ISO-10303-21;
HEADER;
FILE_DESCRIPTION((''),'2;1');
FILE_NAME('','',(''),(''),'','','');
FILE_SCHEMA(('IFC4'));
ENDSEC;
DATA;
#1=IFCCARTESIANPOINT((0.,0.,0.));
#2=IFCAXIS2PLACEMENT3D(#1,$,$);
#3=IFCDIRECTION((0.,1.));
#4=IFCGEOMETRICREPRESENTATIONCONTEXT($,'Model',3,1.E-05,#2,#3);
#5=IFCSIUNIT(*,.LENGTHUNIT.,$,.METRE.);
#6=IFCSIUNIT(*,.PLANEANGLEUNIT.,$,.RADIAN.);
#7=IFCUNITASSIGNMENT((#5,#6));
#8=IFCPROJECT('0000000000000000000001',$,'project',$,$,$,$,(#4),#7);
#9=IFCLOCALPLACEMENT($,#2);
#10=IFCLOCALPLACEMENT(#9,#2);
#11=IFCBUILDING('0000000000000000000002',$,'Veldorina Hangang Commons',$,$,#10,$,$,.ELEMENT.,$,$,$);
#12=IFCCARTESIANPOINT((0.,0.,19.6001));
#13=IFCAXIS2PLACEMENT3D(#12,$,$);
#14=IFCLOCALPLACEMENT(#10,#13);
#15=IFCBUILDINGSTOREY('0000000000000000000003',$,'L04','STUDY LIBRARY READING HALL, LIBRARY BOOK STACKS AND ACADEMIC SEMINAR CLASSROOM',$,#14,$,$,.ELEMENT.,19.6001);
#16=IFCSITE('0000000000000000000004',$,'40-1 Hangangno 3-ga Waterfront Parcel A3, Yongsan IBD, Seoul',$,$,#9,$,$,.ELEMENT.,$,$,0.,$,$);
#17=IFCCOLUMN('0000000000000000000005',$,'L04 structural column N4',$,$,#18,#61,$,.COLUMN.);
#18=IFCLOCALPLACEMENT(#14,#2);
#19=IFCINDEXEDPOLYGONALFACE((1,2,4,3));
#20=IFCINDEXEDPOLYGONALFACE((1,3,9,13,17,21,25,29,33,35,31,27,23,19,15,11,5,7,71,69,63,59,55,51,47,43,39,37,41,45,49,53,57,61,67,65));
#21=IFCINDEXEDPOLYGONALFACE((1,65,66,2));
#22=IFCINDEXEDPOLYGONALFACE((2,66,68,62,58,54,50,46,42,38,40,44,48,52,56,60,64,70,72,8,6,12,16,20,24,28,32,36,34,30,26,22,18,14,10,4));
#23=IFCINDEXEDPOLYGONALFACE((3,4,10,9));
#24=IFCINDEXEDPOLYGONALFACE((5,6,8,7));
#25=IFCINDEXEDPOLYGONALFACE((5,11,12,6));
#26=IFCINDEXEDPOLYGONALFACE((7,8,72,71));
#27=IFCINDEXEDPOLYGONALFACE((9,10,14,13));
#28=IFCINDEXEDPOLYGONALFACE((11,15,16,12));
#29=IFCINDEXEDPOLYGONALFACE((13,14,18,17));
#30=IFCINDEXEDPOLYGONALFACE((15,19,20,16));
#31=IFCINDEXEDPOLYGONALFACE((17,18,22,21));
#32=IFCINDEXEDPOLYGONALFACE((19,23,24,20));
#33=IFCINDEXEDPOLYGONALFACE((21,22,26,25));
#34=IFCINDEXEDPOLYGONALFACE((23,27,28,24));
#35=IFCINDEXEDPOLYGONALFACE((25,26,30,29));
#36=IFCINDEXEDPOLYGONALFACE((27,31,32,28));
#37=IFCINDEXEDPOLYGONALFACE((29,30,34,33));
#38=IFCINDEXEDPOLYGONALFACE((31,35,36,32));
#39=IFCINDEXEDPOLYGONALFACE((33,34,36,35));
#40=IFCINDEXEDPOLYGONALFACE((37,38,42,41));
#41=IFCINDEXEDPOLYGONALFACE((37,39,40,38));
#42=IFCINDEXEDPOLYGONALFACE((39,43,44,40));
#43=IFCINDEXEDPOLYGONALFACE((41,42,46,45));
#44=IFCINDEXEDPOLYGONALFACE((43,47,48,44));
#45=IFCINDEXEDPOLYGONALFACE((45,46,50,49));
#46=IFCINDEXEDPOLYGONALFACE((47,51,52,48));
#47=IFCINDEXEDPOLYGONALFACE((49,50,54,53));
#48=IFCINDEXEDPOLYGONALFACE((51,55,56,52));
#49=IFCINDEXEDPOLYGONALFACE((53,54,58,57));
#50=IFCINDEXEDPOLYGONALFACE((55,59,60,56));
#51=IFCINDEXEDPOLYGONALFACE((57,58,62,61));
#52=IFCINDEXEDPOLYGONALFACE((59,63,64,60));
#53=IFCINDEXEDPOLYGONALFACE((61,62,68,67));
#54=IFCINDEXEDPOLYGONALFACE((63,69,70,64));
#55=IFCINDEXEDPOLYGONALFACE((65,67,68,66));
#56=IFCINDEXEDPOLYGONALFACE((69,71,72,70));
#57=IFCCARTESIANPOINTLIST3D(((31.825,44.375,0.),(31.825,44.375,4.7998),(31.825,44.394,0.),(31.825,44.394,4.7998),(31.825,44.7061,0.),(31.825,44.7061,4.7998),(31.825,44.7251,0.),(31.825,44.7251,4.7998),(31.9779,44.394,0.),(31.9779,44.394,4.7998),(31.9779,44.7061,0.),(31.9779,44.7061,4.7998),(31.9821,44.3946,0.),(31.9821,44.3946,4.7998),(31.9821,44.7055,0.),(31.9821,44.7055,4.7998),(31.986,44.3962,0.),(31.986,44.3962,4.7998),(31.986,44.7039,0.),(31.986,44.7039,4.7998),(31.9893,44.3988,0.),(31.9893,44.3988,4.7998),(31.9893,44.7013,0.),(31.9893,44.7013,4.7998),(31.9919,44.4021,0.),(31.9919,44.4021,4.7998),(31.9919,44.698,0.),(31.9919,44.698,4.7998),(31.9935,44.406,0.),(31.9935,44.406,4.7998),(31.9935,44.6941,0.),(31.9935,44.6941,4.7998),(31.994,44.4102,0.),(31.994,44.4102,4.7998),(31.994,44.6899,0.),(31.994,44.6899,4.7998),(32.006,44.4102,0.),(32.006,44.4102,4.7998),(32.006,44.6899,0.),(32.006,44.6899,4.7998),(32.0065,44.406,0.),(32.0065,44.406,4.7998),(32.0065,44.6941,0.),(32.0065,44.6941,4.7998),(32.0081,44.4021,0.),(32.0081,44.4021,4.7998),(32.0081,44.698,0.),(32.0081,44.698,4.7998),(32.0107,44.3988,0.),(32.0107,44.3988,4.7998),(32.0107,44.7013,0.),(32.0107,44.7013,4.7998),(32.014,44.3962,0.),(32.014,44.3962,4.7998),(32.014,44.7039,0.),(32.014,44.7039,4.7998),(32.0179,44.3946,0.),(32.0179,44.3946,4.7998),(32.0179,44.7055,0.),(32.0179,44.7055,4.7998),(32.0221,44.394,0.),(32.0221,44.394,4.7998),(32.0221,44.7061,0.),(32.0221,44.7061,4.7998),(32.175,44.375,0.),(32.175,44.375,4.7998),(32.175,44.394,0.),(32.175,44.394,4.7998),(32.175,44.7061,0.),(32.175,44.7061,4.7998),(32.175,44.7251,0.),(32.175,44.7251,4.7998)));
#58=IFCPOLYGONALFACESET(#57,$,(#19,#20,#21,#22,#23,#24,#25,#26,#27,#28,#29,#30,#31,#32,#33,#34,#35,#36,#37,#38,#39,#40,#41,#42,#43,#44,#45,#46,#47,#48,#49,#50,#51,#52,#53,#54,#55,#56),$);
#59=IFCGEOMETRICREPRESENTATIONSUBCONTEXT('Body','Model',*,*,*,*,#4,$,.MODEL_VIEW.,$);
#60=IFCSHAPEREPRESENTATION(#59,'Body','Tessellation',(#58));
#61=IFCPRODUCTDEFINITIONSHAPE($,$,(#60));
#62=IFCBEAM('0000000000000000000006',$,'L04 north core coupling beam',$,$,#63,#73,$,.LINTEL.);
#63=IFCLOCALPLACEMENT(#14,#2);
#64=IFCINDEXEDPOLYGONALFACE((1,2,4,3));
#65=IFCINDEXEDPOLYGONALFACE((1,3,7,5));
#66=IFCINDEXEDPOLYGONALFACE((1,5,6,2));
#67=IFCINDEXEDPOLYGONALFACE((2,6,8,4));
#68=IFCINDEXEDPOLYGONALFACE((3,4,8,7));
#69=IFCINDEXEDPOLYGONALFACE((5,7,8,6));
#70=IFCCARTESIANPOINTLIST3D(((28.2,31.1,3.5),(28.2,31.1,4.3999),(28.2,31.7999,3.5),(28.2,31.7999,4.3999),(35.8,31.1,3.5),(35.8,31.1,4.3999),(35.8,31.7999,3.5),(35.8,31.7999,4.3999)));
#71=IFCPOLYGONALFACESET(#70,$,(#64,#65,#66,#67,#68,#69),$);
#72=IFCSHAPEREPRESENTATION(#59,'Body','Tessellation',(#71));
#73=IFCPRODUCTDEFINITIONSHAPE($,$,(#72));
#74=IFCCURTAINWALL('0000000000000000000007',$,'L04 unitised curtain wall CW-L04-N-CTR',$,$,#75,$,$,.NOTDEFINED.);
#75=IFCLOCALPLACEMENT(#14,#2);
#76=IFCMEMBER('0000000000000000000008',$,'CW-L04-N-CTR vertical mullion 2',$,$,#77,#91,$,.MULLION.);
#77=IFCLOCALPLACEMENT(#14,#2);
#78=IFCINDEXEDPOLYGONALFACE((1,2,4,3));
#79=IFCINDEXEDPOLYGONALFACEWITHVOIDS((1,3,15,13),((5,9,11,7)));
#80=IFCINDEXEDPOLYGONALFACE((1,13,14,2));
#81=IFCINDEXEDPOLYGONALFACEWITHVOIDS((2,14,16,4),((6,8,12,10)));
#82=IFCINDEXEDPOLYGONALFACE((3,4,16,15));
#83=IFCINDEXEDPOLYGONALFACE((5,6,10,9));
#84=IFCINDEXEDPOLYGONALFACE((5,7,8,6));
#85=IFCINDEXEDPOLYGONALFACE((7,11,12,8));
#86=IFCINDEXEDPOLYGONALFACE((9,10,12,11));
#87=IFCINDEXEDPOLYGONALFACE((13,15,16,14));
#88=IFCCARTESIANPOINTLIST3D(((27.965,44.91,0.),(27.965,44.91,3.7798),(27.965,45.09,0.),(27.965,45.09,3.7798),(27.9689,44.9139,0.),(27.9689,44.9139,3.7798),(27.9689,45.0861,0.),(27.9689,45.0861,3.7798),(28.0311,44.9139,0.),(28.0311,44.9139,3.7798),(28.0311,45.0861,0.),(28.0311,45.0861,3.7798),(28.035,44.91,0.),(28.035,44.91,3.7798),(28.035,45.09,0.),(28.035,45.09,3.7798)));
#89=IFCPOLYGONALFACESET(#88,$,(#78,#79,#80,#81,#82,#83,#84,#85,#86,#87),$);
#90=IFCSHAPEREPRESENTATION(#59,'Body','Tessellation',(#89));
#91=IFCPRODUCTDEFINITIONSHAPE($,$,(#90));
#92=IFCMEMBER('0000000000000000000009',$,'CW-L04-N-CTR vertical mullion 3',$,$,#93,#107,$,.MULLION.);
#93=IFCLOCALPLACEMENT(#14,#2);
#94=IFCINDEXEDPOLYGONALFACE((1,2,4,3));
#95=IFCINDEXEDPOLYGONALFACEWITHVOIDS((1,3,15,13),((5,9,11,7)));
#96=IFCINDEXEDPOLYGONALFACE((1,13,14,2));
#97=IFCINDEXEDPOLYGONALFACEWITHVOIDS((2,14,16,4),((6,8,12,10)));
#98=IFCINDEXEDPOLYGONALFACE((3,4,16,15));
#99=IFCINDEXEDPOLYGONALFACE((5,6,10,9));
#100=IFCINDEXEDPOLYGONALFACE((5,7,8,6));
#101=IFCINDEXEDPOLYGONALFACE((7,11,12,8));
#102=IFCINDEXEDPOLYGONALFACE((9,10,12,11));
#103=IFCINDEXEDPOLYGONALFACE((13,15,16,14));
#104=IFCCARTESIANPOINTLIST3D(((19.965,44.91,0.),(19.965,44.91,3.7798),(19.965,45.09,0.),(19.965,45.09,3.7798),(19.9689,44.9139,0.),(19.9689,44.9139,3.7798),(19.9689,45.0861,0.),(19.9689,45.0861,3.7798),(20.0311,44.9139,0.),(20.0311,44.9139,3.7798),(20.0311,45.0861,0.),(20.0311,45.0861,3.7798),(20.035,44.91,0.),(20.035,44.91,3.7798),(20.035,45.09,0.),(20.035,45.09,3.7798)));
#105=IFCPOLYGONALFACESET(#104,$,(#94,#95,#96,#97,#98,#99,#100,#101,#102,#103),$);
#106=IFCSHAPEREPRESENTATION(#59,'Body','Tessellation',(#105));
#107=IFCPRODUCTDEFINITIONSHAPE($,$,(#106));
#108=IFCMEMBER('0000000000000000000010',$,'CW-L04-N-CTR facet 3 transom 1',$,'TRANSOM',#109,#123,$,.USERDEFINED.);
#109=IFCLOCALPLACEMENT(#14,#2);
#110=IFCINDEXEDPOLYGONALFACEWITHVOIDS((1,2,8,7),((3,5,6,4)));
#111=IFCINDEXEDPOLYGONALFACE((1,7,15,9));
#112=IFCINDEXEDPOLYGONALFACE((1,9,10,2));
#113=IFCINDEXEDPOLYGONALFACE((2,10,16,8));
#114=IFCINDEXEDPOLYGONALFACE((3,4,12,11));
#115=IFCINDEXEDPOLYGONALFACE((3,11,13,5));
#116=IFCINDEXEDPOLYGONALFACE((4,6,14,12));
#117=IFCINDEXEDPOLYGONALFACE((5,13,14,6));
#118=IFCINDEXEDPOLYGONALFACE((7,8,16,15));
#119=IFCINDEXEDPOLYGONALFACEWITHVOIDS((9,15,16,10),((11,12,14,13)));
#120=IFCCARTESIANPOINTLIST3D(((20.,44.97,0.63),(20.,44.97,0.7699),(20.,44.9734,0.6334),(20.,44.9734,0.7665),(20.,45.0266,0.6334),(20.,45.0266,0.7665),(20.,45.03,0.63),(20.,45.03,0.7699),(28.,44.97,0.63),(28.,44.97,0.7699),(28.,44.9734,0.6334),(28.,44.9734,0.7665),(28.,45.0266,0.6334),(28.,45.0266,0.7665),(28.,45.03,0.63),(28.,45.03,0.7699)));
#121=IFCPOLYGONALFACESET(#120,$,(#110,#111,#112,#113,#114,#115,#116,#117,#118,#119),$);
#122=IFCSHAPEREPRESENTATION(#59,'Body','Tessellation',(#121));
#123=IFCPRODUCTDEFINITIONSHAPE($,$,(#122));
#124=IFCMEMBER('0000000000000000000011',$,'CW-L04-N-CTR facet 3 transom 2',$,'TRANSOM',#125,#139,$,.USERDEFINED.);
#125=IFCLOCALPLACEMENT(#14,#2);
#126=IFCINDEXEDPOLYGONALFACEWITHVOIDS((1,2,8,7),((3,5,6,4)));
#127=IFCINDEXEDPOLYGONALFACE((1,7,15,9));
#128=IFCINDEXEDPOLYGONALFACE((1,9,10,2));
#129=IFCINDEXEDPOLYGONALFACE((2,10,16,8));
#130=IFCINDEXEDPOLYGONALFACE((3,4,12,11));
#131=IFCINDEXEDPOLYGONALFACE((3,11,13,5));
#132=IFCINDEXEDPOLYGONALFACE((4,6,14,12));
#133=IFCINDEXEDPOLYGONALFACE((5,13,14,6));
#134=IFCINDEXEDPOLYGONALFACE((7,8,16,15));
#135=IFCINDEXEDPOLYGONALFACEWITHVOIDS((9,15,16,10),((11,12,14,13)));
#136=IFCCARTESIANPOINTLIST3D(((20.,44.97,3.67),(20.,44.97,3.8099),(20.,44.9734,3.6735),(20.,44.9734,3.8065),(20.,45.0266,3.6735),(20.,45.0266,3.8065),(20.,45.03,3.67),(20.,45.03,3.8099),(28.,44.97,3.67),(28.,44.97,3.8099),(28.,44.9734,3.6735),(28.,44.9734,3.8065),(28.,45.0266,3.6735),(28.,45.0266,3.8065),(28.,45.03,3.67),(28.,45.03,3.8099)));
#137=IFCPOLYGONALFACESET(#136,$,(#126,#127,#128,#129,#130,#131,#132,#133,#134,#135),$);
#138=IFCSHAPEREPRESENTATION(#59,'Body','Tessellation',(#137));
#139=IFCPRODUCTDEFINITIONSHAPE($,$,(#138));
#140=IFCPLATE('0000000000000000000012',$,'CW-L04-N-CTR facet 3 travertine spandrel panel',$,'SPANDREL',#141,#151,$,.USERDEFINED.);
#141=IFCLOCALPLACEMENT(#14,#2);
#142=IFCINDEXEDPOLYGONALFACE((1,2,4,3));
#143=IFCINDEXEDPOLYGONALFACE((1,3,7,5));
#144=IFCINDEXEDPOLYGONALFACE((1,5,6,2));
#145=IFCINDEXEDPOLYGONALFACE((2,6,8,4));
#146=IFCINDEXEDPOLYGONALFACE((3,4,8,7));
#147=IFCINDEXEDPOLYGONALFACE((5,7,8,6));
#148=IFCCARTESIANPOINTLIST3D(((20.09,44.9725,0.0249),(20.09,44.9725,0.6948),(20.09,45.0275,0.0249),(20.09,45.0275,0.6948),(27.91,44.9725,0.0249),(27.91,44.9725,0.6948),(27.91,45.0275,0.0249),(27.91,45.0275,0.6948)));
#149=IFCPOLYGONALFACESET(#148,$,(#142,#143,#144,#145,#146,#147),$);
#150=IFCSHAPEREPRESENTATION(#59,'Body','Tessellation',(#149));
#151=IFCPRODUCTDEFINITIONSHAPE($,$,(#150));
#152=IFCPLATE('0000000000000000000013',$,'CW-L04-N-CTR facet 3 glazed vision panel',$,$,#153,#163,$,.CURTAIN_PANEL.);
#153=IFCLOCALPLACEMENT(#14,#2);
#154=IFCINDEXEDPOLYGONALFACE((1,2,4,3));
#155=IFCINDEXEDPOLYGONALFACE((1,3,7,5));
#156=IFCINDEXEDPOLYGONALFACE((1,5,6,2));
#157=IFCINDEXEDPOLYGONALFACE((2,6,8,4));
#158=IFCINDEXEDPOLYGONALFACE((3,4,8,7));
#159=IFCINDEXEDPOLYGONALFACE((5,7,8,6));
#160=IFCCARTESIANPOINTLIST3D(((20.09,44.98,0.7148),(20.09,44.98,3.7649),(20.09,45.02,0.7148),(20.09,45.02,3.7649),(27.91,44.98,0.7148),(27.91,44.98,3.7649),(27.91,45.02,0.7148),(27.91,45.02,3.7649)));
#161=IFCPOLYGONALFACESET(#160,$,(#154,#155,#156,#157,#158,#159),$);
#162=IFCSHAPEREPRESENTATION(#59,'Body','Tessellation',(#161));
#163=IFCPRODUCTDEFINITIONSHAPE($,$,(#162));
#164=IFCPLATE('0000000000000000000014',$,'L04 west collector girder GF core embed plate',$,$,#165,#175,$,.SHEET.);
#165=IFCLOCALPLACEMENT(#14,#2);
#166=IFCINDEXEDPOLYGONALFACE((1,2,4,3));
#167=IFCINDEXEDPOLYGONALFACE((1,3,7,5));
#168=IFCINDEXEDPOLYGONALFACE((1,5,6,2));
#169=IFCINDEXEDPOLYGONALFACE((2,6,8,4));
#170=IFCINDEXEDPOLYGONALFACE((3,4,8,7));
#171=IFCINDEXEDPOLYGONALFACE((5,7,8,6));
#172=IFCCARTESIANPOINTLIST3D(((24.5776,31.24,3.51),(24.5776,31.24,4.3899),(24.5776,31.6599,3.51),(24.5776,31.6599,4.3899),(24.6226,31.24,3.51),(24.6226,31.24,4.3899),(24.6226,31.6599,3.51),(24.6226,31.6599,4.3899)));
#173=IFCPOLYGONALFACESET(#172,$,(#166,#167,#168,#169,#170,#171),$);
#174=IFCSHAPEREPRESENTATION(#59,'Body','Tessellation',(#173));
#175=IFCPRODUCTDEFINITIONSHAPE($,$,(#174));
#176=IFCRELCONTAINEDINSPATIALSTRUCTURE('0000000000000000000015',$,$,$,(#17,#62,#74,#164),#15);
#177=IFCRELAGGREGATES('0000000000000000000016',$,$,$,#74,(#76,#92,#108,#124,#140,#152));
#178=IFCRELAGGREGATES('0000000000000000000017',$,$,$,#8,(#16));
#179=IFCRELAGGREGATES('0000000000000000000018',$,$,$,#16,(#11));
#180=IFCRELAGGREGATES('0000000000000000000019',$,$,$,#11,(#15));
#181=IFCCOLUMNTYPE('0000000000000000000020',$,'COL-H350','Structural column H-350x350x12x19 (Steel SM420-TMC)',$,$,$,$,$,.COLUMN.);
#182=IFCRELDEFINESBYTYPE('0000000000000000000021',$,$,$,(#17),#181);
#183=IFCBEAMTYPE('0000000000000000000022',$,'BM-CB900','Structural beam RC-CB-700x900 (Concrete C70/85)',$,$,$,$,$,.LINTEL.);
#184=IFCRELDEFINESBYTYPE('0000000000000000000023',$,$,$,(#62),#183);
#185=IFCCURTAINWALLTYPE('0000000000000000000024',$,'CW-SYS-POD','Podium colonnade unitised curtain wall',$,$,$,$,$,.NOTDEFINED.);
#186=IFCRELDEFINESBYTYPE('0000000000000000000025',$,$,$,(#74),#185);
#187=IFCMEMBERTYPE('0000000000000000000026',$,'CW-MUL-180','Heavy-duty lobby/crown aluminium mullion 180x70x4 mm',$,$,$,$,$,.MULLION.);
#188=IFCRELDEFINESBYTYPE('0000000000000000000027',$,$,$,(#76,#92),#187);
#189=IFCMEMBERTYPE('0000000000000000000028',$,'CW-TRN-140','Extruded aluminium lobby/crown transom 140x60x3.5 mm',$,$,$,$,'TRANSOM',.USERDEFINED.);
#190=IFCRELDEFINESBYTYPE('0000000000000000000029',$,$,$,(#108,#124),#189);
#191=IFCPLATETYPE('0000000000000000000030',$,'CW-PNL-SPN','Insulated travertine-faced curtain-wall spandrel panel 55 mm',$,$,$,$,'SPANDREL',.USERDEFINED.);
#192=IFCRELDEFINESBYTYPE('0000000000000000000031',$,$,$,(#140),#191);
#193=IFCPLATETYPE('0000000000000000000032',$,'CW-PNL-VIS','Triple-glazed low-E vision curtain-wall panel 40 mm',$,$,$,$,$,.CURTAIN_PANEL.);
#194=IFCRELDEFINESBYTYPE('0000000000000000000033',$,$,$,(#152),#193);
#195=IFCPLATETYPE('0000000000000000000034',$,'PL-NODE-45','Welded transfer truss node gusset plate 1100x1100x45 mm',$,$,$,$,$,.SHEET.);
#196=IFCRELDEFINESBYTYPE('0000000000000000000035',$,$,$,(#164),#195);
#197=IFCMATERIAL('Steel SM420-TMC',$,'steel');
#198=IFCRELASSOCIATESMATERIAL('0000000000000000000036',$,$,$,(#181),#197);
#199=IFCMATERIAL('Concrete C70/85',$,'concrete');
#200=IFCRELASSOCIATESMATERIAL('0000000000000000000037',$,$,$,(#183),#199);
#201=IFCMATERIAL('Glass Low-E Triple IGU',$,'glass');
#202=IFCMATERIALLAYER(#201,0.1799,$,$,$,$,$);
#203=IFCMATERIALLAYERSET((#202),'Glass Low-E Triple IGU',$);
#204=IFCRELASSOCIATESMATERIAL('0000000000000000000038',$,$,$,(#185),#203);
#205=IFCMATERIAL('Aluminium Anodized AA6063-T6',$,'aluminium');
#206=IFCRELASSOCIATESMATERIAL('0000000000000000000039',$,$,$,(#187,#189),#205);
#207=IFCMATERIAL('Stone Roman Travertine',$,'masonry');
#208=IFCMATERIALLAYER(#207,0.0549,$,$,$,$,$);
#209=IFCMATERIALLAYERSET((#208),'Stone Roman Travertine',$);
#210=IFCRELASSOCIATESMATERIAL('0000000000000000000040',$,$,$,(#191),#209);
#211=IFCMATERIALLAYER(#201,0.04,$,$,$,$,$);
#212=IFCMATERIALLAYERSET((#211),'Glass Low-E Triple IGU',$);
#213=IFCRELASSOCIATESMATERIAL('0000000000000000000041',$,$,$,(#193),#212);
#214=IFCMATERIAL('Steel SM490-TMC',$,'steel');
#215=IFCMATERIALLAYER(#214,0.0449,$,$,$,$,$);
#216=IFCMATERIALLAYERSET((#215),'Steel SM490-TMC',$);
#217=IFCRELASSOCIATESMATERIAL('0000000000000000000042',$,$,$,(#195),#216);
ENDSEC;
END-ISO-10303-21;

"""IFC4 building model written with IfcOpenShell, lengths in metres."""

from ifc_helpers import new_model, si_unit, direction, frame, origin, origin_2d, place, context, subcontext, project, spatial, rectangle, hollow_rectangle, i_section, extrude, material, layer, layer_set, material_profile, profile_set, type_object, element, aggregate, save


model = new_model("IFC4")

# Units and contexts
model_context = context("Model", 3, precision=1e-05, world=origin(), true_north=direction((0.0, 1.0)))
body_context = subcontext(model_context, "Body", "Model", "MODEL_VIEW")
ifc_project = project(units=[si_unit("LENGTHUNIT", "METRE"), si_unit("PLANEANGLEUNIT", "RADIAN")], contexts=[model_context])

# Site, building, storey
site_placement = place(None, origin())
site = spatial("IfcSite", under=ifc_project, at=site_placement, Name="40-1 Hangangno 3-ga Waterfront Parcel A3, Yongsan IBD, Seoul", CompositionType="ELEMENT", RefElevation=0.0)
building_placement = place(site_placement, origin())
building = spatial("IfcBuilding", under=site, at=building_placement, Name="Veldorina Hangang Commons", CompositionType="ELEMENT")
storey_placement = place(building_placement, frame((0.0, 0.0, 19.6001)))
storey = spatial("IfcBuildingStorey", under=building, at=storey_placement, Name="L04", Description="STUDY LIBRARY READING HALL, LIBRARY BOOK STACKS AND ACADEMIC SEMINAR CLASSROOM", CompositionType="ELEMENT", Elevation=19.6001)

# Column
ifc_material_1 = material(Name="Steel SM420-TMC", Category="steel")
ifc_material_profile_1 = material_profile(ifc_material_1, i_section(OverallWidth=0.3501, OverallDepth=0.3501, WebThickness=0.012, FlangeThickness=0.019, FilletRadius=0.0161, at=origin_2d()), Name="H-350x350x12x19")
ifc_profile_set_1 = profile_set([ifc_material_profile_1], Name="Steel SM420-TMC")
column_type = type_object("IfcColumnType", Name="COL-H350", Description="Structural column H-350x350x12x19 (Steel SM420-TMC)", PredefinedType="COLUMN", material=ifc_profile_set_1)
column_placement = place(storey_placement, frame((32.0, 44.55, 0.0), z_axis=(0.0, 0.0, 1.0), x_axis=(1.0, 0.0, 0.0)))
element("IfcColumn", 1, at=column_placement, inside=storey, type_object=column_type, Name="L04 structural column N4", PredefinedType="COLUMN", context=body_context, shape_type="SweptSolid", body=[
    extrude(i_section(OverallWidth=0.3501, OverallDepth=0.3501, WebThickness=0.012, FlangeThickness=0.019, FilletRadius=0.0161, at=origin_2d()), origin(), (0.0, 0.0, 1.0), 4.7998),
])

# Beam
ifc_material_2 = material(Name="Concrete C70/85", Category="concrete")
ifc_material_profile_2 = material_profile(ifc_material_2, rectangle(XDim=0.7, YDim=0.8999, at=origin_2d()), Name="RC-CB-700x900")
ifc_profile_set_2 = profile_set([ifc_material_profile_2], Name="Concrete C70/85")
beam_type = type_object("IfcBeamType", Name="BM-CB900", Description="Structural beam RC-CB-700x900 (Concrete C70/85)", PredefinedType="LINTEL", material=ifc_profile_set_2)
beam_placement = place(storey_placement, frame((28.2, 31.45, 3.95), z_axis=(1.0, 0.0, 0.0), x_axis=(0.0, 1.0, 0.0)))
element("IfcBeam", 2, at=beam_placement, inside=storey, type_object=beam_type, Name="L04 north core coupling beam", PredefinedType="LINTEL", context=body_context, shape_type="SweptSolid", body=[
    extrude(rectangle(XDim=0.7, YDim=0.8999, at=origin_2d()), origin(), (0.0, 0.0, 1.0), 7.6001),
])

# Curtain wall, members, plates
ifc_material_3 = material(Name="Glass Low-E Triple IGU", Category="glass")
ifc_layer_1 = layer(ifc_material_3, 0.1799)
ifc_layer_set_1 = layer_set([ifc_layer_1], Name="Glass Low-E Triple IGU")
curtain_wall_type = type_object("IfcCurtainWallType", Name="CW-SYS-POD", Description="Podium colonnade unitised curtain wall", PredefinedType="NOTDEFINED", material=ifc_layer_set_1)
curtain_wall_placement = place(storey_placement, origin())
curtain_wall = element("IfcCurtainWall", 3, at=curtain_wall_placement, inside=storey, type_object=curtain_wall_type, Name="L04 unitised curtain wall CW-L04-N-CTR", PredefinedType="NOTDEFINED")
ifc_material_4 = material(Name="Aluminium Anodized AA6063-T6", Category="aluminium")
ifc_material_profile_3 = material_profile(ifc_material_4, hollow_rectangle(XDim=0.0701, YDim=0.1799, WallThickness=0.0039, at=origin_2d()), Name="ALU-RHS-180x70x4")
ifc_profile_set_3 = profile_set([ifc_material_profile_3], Name="Aluminium Anodized AA6063-T6")
member_type_1 = type_object("IfcMemberType", Name="CW-MUL-180", Description="Heavy-duty lobby/crown aluminium mullion 180x70x4 mm", PredefinedType="MULLION", material=ifc_profile_set_3)
member_1_placement = place(storey_placement, frame((28.0, 45.0, 0.0), z_axis=(0.0, 0.0, 1.0), x_axis=(-1.0, 0.0, 0.0)))
member_1 = element("IfcMember", 4, at=member_1_placement, type_object=member_type_1, Name="CW-L04-N-CTR vertical mullion 2", PredefinedType="MULLION", context=body_context, shape_type="SweptSolid", body=[
    extrude(hollow_rectangle(XDim=0.0701, YDim=0.1799, WallThickness=0.0039, at=origin_2d()), origin(), (0.0, 0.0, 1.0), 3.7798),
])
member_2_placement = place(storey_placement, frame((20.0, 45.0, 0.0), z_axis=(0.0, 0.0, 1.0), x_axis=(1.0, 0.0, 0.0)))
member_2 = element("IfcMember", 5, at=member_2_placement, type_object=member_type_1, Name="CW-L04-N-CTR vertical mullion 3", PredefinedType="MULLION", context=body_context, shape_type="SweptSolid", body=[
    extrude(hollow_rectangle(XDim=0.0701, YDim=0.1799, WallThickness=0.0039, at=origin_2d()), origin(), (0.0, 0.0, 1.0), 3.7798),
])
ifc_material_profile_4 = material_profile(ifc_material_4, hollow_rectangle(XDim=0.0601, YDim=0.1399, WallThickness=0.0034, at=origin_2d()), Name="ALU-RHS-140x60x3.5")
ifc_profile_set_4 = profile_set([ifc_material_profile_4], Name="Aluminium Anodized AA6063-T6")
member_type_2 = type_object("IfcMemberType", Name="CW-TRN-140", Description="Extruded aluminium lobby/crown transom 140x60x3.5 mm", ElementType="TRANSOM", PredefinedType="USERDEFINED", material=ifc_profile_set_4)
member_3_placement = place(storey_placement, frame((28.0, 45.0, 0.7), z_axis=(-1.0, 0.0, 0.0), x_axis=(0.0, -1.0, 0.0)))
member_3 = element("IfcMember", 6, at=member_3_placement, type_object=member_type_2, Name="CW-L04-N-CTR facet 3 transom 1", ObjectType="TRANSOM", PredefinedType="USERDEFINED", context=body_context, shape_type="SweptSolid", body=[
    extrude(hollow_rectangle(XDim=0.0601, YDim=0.1399, WallThickness=0.0034, at=origin_2d()), origin(), (0.0, 0.0, 1.0), 8.0),
])
member_4_placement = place(storey_placement, frame((28.0, 45.0, 3.74), z_axis=(-1.0, 0.0, 0.0), x_axis=(0.0, -1.0, 0.0)))
member_4 = element("IfcMember", 7, at=member_4_placement, type_object=member_type_2, Name="CW-L04-N-CTR facet 3 transom 2", ObjectType="TRANSOM", PredefinedType="USERDEFINED", context=body_context, shape_type="SweptSolid", body=[
    extrude(hollow_rectangle(XDim=0.0601, YDim=0.1399, WallThickness=0.0034, at=origin_2d()), origin(), (0.0, 0.0, 1.0), 8.0),
])
ifc_material_5 = material(Name="Stone Roman Travertine", Category="masonry")
ifc_layer_2 = layer(ifc_material_5, 0.0549)
ifc_layer_set_2 = layer_set([ifc_layer_2], Name="Stone Roman Travertine")
plate_type_1 = type_object("IfcPlateType", Name="CW-PNL-SPN", Description="Insulated travertine-faced curtain-wall spandrel panel 55 mm", ElementType="SPANDREL", PredefinedType="USERDEFINED", material=ifc_layer_set_2)
plate_1_placement = place(storey_placement, frame((24.0, 45.0, 0.0249), z_axis=(0.0, 0.0, 1.0), x_axis=(-1.0, 0.0, 0.0)))
plate_1 = element("IfcPlate", 8, at=plate_1_placement, type_object=plate_type_1, Name="CW-L04-N-CTR facet 3 travertine spandrel panel", ObjectType="SPANDREL", PredefinedType="USERDEFINED", context=body_context, shape_type="SweptSolid", body=[
    extrude(rectangle(XDim=7.8201, YDim=0.0549, at=origin_2d()), origin(), (0.0, 0.0, 1.0), 0.6699),
])
ifc_layer_3 = layer(ifc_material_3, 0.04)
ifc_layer_set_3 = layer_set([ifc_layer_3], Name="Glass Low-E Triple IGU")
plate_type_2 = type_object("IfcPlateType", Name="CW-PNL-VIS", Description="Triple-glazed low-E vision curtain-wall panel 40 mm", PredefinedType="CURTAIN_PANEL", material=ifc_layer_set_3)
plate_2_placement = place(storey_placement, frame((24.0, 45.0, 0.7148), z_axis=(0.0, 0.0, 1.0), x_axis=(-1.0, 0.0, 0.0)))
plate_2 = element("IfcPlate", 9, at=plate_2_placement, type_object=plate_type_2, Name="CW-L04-N-CTR facet 3 glazed vision panel", PredefinedType="CURTAIN_PANEL", context=body_context, shape_type="SweptSolid", body=[
    extrude(rectangle(XDim=7.8201, YDim=0.04, at=origin_2d()), origin(), (0.0, 0.0, 1.0), 3.05),
])
aggregate(curtain_wall, [member_1, member_2, member_3, member_4, plate_1, plate_2])

# Plate
ifc_material_6 = material(Name="Steel SM490-TMC", Category="steel")
ifc_layer_4 = layer(ifc_material_6, 0.0449)
ifc_layer_set_4 = layer_set([ifc_layer_4], Name="Steel SM490-TMC")
plate_type_3 = type_object("IfcPlateType", Name="PL-NODE-45", Description="Welded transfer truss node gusset plate 1100x1100x45 mm", PredefinedType="SHEET", material=ifc_layer_set_4)
plate_3_placement = place(storey_placement, frame((24.6001, 31.45, 3.51), z_axis=(0.0, 0.0, 1.0), x_axis=(1.0, 0.0, 0.0)))
element("IfcPlate", 10, at=plate_3_placement, inside=storey, type_object=plate_type_3, Name="L04 west collector girder GF core embed plate", PredefinedType="SHEET", context=body_context, shape_type="SweptSolid", body=[
    extrude(rectangle(XDim=0.0449, YDim=0.4199, at=origin_2d()), origin(), (0.0, 0.0, 1.0), 0.8799),
])

save(model, "model.ifc")
